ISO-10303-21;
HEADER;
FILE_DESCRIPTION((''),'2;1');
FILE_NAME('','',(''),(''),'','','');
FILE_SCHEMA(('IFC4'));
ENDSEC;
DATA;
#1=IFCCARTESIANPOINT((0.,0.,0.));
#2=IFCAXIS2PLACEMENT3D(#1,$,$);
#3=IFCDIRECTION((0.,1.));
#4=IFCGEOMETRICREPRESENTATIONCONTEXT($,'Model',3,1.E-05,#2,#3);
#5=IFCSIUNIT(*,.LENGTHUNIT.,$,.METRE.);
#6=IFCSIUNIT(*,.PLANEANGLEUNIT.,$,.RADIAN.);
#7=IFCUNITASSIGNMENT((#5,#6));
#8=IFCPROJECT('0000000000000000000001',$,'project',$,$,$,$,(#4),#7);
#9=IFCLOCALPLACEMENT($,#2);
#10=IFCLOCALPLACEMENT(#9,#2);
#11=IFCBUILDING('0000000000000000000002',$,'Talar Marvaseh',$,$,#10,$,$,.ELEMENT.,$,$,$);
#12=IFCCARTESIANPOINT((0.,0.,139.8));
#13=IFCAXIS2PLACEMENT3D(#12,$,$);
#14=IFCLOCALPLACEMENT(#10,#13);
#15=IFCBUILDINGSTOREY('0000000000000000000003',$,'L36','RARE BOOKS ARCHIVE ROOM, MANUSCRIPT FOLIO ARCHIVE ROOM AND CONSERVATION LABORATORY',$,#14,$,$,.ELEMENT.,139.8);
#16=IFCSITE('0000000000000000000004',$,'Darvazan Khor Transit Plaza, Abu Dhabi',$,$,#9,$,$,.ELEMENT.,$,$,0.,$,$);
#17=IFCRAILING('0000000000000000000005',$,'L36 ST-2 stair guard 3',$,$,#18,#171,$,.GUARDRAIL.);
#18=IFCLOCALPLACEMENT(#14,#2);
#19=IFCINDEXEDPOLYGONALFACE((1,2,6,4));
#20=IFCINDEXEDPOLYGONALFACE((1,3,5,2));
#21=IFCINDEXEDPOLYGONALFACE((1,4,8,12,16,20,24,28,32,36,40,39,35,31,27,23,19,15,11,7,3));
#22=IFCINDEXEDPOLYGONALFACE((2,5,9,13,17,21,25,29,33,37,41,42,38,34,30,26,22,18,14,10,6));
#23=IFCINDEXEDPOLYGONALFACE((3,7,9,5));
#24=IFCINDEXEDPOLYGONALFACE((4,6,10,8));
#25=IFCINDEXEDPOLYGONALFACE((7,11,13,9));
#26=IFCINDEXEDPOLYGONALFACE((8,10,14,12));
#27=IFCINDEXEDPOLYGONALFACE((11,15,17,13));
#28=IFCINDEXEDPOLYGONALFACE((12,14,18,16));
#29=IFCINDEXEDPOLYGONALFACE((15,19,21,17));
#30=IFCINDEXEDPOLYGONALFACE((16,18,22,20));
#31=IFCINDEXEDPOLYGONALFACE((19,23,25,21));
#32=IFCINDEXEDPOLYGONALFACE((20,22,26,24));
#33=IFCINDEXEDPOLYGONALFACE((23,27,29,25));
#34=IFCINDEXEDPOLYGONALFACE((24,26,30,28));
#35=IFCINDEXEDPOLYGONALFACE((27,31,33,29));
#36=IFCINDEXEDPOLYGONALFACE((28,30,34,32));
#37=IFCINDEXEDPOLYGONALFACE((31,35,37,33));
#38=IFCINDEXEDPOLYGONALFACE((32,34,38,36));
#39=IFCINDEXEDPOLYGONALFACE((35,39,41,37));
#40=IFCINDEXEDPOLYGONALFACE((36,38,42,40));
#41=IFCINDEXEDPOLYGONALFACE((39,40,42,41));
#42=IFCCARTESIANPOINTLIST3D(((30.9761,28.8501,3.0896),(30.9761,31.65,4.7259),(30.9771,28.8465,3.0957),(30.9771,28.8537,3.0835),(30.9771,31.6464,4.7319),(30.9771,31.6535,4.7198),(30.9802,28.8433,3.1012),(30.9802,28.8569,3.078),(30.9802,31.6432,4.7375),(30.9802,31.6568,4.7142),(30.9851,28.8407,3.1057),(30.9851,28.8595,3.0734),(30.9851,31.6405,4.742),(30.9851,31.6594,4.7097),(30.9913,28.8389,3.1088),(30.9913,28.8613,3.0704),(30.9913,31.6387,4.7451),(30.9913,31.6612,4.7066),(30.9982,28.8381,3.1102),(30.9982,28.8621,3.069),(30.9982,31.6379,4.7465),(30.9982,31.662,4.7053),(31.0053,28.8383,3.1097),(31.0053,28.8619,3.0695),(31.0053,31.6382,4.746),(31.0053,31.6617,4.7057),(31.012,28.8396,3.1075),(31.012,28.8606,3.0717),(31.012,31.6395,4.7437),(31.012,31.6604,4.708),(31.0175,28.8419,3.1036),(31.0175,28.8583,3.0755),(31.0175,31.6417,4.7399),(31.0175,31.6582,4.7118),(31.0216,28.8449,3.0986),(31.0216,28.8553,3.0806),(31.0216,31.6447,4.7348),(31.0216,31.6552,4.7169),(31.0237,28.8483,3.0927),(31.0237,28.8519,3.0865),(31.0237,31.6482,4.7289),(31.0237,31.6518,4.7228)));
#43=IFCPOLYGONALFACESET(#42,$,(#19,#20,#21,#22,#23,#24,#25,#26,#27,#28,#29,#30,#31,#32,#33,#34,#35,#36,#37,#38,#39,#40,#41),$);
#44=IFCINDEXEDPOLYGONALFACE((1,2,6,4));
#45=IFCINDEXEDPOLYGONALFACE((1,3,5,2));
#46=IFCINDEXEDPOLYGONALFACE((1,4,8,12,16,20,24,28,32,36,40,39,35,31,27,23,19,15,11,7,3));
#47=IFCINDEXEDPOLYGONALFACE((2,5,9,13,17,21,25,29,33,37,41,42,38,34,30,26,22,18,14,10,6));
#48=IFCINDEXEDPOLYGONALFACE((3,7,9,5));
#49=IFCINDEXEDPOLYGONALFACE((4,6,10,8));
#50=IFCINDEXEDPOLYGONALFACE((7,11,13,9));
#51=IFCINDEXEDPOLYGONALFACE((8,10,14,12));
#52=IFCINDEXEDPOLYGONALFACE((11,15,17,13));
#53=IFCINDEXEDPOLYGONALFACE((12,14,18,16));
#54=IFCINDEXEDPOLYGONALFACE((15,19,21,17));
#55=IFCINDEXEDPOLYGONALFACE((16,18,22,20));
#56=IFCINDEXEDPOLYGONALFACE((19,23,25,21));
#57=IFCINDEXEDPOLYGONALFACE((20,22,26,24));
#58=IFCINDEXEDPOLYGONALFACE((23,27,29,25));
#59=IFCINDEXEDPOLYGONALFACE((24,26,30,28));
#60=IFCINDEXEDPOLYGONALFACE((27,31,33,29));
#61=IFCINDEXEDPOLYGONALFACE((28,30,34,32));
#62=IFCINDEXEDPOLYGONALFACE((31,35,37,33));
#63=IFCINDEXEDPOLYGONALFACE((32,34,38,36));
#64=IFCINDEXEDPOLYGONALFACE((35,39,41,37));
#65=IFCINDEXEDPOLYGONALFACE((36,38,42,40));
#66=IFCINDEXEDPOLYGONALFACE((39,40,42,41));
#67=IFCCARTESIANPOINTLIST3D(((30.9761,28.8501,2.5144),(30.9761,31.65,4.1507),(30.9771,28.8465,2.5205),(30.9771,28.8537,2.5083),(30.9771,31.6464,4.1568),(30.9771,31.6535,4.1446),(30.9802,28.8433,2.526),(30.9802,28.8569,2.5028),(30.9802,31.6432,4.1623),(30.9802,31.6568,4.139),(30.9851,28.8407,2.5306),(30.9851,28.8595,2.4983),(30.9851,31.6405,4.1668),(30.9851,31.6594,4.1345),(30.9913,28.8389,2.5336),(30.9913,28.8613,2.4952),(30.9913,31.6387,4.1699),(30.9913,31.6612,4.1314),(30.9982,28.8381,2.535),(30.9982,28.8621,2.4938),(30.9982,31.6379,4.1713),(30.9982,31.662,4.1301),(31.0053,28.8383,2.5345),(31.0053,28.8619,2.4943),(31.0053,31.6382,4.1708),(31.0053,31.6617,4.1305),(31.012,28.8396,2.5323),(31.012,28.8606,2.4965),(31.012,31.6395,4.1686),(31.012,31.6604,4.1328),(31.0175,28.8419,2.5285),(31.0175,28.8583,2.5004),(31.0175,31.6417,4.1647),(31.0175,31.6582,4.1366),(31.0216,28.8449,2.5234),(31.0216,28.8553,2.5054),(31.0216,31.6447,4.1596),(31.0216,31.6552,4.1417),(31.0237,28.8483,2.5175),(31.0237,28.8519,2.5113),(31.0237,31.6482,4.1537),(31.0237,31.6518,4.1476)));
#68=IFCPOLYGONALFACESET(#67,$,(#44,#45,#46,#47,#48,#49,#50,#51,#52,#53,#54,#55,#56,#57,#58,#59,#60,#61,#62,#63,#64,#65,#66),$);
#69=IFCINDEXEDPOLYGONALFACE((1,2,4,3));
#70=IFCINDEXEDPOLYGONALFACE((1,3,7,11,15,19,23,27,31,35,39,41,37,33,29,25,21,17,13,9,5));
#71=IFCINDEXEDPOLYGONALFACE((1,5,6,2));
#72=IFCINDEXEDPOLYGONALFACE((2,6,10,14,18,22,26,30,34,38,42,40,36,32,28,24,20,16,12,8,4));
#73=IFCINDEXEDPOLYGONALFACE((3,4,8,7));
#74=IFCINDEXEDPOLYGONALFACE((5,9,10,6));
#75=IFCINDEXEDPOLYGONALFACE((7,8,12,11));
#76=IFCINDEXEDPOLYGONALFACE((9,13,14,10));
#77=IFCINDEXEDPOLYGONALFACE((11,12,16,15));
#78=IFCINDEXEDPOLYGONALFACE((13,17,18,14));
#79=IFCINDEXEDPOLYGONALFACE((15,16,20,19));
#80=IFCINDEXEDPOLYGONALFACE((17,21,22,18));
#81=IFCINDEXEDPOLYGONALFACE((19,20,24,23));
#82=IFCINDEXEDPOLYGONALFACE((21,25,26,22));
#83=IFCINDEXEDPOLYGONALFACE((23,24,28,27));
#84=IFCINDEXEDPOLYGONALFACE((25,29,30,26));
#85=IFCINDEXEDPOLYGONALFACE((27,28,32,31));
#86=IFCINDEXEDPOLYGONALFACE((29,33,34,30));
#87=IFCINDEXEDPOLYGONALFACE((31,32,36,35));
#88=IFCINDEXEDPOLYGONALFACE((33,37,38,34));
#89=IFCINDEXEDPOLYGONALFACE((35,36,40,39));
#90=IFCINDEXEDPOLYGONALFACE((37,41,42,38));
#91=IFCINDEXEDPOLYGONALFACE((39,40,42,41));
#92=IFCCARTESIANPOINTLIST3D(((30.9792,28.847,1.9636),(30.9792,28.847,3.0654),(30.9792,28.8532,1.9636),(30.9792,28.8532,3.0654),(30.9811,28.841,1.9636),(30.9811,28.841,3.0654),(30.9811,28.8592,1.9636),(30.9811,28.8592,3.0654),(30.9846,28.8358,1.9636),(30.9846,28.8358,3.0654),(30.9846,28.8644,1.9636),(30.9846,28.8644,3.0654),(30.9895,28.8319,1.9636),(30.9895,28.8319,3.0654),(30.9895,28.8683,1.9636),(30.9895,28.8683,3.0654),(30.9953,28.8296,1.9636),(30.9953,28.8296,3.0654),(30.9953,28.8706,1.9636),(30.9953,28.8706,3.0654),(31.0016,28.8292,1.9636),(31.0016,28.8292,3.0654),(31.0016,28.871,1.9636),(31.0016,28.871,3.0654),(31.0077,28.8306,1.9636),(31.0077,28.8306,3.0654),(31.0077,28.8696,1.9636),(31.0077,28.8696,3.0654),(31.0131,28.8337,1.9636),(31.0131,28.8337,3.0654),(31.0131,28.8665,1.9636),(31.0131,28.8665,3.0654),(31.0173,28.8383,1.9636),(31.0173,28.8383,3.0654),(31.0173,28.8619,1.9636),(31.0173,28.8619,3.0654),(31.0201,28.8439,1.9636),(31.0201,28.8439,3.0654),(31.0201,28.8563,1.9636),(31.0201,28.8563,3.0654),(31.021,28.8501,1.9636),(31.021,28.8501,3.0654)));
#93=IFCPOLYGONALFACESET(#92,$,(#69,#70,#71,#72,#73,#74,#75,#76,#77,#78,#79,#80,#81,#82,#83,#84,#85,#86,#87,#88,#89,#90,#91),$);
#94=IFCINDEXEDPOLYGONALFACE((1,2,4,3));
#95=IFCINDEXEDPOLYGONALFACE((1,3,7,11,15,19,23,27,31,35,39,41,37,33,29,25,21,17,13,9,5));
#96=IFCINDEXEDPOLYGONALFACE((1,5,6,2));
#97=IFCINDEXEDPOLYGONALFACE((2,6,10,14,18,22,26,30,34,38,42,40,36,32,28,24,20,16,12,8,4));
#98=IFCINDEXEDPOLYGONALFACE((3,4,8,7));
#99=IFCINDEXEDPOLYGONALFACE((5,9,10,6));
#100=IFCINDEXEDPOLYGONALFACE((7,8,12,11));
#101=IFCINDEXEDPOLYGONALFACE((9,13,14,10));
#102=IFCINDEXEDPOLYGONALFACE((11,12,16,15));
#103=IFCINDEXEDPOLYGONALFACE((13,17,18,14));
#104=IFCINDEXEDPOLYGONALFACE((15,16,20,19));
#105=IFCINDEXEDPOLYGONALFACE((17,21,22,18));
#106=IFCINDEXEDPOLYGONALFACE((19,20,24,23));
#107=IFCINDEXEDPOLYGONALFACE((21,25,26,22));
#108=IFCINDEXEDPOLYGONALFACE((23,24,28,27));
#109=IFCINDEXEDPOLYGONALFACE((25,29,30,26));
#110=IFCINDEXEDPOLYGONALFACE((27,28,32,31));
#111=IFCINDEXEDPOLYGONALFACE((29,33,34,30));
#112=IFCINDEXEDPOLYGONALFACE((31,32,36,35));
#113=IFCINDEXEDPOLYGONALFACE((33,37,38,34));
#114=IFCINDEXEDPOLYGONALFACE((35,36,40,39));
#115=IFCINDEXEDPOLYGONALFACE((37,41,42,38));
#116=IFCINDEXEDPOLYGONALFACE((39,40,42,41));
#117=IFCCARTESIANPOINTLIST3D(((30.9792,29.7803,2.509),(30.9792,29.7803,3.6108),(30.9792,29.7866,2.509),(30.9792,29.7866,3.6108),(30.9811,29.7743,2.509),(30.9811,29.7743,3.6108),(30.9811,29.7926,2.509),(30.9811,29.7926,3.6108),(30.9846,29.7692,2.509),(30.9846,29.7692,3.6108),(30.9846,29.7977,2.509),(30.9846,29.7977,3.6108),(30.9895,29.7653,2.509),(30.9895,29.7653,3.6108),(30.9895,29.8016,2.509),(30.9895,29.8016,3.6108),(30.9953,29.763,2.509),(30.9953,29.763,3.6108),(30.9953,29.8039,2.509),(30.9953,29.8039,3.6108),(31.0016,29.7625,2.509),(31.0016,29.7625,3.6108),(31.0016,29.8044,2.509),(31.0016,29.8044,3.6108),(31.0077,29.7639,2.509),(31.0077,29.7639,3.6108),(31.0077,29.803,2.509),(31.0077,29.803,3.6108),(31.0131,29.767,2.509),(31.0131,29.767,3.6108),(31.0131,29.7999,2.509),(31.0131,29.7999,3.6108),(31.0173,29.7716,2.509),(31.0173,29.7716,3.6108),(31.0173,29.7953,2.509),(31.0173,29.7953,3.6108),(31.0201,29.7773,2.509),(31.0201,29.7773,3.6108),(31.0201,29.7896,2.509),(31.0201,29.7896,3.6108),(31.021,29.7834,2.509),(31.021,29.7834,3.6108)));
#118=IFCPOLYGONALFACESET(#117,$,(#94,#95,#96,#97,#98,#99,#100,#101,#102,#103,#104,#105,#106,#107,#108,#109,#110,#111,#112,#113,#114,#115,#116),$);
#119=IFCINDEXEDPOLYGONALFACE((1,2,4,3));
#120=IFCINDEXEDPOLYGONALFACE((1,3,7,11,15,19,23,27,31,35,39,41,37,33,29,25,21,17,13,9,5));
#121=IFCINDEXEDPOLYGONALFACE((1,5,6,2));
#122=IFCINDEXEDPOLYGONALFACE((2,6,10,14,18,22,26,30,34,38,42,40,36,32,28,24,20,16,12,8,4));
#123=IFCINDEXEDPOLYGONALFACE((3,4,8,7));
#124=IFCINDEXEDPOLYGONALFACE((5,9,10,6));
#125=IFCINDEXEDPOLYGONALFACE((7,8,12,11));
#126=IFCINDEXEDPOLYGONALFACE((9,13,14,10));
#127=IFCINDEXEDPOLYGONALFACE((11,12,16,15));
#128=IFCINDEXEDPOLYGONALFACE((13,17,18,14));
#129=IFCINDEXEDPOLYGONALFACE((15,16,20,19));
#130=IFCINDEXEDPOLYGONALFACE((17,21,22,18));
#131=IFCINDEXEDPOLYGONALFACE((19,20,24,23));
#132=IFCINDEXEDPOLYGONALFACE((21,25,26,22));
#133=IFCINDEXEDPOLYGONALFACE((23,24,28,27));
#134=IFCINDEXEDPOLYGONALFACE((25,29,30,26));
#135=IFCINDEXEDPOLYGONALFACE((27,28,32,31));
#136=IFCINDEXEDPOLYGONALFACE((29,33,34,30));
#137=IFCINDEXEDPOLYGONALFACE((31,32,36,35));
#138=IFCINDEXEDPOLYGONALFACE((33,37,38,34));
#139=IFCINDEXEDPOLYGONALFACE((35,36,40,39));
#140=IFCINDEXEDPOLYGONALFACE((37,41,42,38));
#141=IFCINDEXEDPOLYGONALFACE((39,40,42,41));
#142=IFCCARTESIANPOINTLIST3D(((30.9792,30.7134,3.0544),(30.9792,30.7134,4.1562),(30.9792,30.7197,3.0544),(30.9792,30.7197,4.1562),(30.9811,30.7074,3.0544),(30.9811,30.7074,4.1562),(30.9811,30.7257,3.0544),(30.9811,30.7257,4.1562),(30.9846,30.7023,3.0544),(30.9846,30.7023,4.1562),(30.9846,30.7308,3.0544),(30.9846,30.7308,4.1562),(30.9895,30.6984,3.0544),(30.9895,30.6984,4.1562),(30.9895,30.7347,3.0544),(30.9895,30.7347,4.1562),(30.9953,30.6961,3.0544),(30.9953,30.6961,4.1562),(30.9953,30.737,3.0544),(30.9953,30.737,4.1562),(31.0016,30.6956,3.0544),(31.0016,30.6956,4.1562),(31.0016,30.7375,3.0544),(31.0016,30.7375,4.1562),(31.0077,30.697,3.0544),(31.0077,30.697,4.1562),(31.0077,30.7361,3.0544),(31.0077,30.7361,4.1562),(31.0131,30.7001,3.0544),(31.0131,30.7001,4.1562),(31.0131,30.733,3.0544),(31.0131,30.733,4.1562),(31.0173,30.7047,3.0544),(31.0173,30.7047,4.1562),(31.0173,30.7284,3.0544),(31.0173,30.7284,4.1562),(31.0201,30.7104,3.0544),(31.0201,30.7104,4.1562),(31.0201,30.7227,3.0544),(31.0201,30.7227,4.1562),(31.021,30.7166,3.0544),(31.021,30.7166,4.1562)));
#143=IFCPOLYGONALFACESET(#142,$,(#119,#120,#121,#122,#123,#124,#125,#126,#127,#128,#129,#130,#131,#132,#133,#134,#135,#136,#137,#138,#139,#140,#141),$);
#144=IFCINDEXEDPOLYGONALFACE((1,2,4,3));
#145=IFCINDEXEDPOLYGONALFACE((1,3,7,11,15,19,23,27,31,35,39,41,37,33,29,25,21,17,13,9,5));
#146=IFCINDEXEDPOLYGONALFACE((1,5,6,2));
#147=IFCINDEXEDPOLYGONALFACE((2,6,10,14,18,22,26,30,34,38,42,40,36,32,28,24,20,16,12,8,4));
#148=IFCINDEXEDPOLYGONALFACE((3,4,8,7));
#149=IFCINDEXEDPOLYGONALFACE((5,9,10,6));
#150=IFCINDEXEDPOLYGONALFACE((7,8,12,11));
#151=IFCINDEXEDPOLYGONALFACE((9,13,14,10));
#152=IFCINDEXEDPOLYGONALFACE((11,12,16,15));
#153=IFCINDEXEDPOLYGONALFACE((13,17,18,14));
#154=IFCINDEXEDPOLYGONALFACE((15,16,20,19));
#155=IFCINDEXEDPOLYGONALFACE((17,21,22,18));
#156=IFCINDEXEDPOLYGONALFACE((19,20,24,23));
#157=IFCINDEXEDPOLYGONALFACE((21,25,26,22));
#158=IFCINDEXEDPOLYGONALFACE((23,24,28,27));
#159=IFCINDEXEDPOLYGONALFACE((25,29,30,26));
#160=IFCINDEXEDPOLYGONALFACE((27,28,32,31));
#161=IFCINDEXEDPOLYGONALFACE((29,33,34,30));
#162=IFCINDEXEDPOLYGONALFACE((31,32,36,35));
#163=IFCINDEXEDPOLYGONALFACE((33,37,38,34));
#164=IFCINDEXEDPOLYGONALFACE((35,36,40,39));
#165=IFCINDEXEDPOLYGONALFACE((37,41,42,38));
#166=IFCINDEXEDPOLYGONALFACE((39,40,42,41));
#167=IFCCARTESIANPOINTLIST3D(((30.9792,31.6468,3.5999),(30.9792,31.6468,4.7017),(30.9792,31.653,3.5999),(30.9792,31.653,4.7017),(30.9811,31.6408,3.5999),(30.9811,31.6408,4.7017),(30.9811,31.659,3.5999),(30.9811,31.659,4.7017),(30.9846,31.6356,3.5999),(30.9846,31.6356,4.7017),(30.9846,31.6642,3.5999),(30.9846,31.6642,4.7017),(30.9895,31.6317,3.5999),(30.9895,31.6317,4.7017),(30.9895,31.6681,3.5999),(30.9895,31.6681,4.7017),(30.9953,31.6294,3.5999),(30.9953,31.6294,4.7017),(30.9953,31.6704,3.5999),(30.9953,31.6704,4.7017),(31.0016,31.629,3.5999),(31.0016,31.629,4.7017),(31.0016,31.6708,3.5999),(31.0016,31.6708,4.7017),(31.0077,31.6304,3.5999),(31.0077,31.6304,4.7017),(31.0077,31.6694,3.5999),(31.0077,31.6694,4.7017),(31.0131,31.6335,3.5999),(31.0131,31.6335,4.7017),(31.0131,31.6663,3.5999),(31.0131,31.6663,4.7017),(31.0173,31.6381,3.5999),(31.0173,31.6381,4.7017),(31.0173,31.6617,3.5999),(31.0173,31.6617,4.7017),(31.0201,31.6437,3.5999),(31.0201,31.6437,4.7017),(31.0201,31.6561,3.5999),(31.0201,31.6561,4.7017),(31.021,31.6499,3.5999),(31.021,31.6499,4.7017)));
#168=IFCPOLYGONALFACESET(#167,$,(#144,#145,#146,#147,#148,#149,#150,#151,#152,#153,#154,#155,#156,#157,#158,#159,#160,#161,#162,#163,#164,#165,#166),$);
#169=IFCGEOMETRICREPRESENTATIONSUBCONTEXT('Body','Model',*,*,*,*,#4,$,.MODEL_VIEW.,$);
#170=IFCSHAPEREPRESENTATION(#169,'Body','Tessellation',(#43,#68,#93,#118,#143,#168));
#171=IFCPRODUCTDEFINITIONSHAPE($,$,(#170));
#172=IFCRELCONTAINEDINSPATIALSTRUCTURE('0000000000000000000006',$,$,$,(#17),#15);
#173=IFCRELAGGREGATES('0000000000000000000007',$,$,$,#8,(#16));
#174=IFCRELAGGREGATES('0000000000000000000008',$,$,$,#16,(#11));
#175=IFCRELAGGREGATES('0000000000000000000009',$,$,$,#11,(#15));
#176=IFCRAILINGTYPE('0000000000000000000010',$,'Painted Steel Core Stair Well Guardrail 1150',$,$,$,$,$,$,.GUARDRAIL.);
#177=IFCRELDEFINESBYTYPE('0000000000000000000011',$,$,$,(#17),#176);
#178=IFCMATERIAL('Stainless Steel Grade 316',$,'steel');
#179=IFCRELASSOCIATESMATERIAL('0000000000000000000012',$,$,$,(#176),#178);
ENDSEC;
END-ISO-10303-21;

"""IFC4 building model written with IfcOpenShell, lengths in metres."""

from ifc_helpers import new_model, si_unit, direction, frame, origin, origin_2d, place, context, subcontext, project, spatial, circle, extrude, material, type_object, element, save


model = new_model("IFC4")

# Units and contexts
model_context = context("Model", 3, precision=1e-05, world=origin(), true_north=direction((0.0, 1.0)))
body_context = subcontext(model_context, "Body", "Model", "MODEL_VIEW")
ifc_project = project(units=[si_unit("LENGTHUNIT", "METRE"), si_unit("PLANEANGLEUNIT", "RADIAN")], contexts=[model_context])

# Site, building, storey
site_placement = place(None, origin())
site = spatial("IfcSite", under=ifc_project, at=site_placement, Name="Darvazan Khor Transit Plaza, Abu Dhabi", CompositionType="ELEMENT", RefElevation=0.0)
building_placement = place(site_placement, origin())
building = spatial("IfcBuilding", under=site, at=building_placement, Name="Talar Marvaseh", CompositionType="ELEMENT")
storey_placement = place(building_placement, frame((0.0, 0.0, 139.8)))
storey = spatial("IfcBuildingStorey", under=building, at=storey_placement, Name="L36", Description="RARE BOOKS ARCHIVE ROOM, MANUSCRIPT FOLIO ARCHIVE ROOM AND CONSERVATION LABORATORY", CompositionType="ELEMENT", Elevation=139.8)

# Shared definitions
ifc_material_1 = material(Name="Stainless Steel Grade 316", Category="steel")

# Railing
railing_type_1 = type_object("IfcRailingType", Name="Painted Steel Core Stair Well Guardrail 1150", PredefinedType="GUARDRAIL", material=ifc_material_1)
railing_1_placement = place(storey_placement, frame((31.0, 28.8501, 1.9636)))
element("IfcRailing", 1, at=railing_1_placement, inside=storey, type_object=railing_type_1, Name="L36 ST-2 stair guard 3", PredefinedType="GUARDRAIL", context=body_context, shape_type="SweptSolid", body=[
    extrude(circle(Radius=0.0239, at=origin_2d()), frame((0.0, 0.0, 1.126), z_axis=(0.0, 0.863374, 0.504564), x_axis=(-1.0, 0.0, 0.0)), (0.0, 0.0, 1.0), 3.2429),
    extrude(circle(Radius=0.0239, at=origin_2d()), frame((0.0, 0.0, 0.5508), z_axis=(0.0, 0.863374, 0.504564), x_axis=(-1.0, 0.0, 0.0)), (0.0, 0.0, 1.0), 3.2429),
    extrude(circle(Radius=0.021, at=origin_2d()), origin(), (0.0, 0.0, 1.0), 1.1018),
    extrude(circle(Radius=0.021, at=origin_2d()), frame((0.0, 0.9333, 0.5454)), (0.0, 0.0, 1.0), 1.1018),
    extrude(circle(Radius=0.021, at=origin_2d()), frame((0.0, 1.8665, 1.0908)), (0.0, 0.0, 1.0), 1.1018),
    extrude(circle(Radius=0.021, at=origin_2d()), frame((0.0, 2.7998, 1.6362)), (0.0, 0.0, 1.0), 1.1018),
])

save(model, "model.ifc")
